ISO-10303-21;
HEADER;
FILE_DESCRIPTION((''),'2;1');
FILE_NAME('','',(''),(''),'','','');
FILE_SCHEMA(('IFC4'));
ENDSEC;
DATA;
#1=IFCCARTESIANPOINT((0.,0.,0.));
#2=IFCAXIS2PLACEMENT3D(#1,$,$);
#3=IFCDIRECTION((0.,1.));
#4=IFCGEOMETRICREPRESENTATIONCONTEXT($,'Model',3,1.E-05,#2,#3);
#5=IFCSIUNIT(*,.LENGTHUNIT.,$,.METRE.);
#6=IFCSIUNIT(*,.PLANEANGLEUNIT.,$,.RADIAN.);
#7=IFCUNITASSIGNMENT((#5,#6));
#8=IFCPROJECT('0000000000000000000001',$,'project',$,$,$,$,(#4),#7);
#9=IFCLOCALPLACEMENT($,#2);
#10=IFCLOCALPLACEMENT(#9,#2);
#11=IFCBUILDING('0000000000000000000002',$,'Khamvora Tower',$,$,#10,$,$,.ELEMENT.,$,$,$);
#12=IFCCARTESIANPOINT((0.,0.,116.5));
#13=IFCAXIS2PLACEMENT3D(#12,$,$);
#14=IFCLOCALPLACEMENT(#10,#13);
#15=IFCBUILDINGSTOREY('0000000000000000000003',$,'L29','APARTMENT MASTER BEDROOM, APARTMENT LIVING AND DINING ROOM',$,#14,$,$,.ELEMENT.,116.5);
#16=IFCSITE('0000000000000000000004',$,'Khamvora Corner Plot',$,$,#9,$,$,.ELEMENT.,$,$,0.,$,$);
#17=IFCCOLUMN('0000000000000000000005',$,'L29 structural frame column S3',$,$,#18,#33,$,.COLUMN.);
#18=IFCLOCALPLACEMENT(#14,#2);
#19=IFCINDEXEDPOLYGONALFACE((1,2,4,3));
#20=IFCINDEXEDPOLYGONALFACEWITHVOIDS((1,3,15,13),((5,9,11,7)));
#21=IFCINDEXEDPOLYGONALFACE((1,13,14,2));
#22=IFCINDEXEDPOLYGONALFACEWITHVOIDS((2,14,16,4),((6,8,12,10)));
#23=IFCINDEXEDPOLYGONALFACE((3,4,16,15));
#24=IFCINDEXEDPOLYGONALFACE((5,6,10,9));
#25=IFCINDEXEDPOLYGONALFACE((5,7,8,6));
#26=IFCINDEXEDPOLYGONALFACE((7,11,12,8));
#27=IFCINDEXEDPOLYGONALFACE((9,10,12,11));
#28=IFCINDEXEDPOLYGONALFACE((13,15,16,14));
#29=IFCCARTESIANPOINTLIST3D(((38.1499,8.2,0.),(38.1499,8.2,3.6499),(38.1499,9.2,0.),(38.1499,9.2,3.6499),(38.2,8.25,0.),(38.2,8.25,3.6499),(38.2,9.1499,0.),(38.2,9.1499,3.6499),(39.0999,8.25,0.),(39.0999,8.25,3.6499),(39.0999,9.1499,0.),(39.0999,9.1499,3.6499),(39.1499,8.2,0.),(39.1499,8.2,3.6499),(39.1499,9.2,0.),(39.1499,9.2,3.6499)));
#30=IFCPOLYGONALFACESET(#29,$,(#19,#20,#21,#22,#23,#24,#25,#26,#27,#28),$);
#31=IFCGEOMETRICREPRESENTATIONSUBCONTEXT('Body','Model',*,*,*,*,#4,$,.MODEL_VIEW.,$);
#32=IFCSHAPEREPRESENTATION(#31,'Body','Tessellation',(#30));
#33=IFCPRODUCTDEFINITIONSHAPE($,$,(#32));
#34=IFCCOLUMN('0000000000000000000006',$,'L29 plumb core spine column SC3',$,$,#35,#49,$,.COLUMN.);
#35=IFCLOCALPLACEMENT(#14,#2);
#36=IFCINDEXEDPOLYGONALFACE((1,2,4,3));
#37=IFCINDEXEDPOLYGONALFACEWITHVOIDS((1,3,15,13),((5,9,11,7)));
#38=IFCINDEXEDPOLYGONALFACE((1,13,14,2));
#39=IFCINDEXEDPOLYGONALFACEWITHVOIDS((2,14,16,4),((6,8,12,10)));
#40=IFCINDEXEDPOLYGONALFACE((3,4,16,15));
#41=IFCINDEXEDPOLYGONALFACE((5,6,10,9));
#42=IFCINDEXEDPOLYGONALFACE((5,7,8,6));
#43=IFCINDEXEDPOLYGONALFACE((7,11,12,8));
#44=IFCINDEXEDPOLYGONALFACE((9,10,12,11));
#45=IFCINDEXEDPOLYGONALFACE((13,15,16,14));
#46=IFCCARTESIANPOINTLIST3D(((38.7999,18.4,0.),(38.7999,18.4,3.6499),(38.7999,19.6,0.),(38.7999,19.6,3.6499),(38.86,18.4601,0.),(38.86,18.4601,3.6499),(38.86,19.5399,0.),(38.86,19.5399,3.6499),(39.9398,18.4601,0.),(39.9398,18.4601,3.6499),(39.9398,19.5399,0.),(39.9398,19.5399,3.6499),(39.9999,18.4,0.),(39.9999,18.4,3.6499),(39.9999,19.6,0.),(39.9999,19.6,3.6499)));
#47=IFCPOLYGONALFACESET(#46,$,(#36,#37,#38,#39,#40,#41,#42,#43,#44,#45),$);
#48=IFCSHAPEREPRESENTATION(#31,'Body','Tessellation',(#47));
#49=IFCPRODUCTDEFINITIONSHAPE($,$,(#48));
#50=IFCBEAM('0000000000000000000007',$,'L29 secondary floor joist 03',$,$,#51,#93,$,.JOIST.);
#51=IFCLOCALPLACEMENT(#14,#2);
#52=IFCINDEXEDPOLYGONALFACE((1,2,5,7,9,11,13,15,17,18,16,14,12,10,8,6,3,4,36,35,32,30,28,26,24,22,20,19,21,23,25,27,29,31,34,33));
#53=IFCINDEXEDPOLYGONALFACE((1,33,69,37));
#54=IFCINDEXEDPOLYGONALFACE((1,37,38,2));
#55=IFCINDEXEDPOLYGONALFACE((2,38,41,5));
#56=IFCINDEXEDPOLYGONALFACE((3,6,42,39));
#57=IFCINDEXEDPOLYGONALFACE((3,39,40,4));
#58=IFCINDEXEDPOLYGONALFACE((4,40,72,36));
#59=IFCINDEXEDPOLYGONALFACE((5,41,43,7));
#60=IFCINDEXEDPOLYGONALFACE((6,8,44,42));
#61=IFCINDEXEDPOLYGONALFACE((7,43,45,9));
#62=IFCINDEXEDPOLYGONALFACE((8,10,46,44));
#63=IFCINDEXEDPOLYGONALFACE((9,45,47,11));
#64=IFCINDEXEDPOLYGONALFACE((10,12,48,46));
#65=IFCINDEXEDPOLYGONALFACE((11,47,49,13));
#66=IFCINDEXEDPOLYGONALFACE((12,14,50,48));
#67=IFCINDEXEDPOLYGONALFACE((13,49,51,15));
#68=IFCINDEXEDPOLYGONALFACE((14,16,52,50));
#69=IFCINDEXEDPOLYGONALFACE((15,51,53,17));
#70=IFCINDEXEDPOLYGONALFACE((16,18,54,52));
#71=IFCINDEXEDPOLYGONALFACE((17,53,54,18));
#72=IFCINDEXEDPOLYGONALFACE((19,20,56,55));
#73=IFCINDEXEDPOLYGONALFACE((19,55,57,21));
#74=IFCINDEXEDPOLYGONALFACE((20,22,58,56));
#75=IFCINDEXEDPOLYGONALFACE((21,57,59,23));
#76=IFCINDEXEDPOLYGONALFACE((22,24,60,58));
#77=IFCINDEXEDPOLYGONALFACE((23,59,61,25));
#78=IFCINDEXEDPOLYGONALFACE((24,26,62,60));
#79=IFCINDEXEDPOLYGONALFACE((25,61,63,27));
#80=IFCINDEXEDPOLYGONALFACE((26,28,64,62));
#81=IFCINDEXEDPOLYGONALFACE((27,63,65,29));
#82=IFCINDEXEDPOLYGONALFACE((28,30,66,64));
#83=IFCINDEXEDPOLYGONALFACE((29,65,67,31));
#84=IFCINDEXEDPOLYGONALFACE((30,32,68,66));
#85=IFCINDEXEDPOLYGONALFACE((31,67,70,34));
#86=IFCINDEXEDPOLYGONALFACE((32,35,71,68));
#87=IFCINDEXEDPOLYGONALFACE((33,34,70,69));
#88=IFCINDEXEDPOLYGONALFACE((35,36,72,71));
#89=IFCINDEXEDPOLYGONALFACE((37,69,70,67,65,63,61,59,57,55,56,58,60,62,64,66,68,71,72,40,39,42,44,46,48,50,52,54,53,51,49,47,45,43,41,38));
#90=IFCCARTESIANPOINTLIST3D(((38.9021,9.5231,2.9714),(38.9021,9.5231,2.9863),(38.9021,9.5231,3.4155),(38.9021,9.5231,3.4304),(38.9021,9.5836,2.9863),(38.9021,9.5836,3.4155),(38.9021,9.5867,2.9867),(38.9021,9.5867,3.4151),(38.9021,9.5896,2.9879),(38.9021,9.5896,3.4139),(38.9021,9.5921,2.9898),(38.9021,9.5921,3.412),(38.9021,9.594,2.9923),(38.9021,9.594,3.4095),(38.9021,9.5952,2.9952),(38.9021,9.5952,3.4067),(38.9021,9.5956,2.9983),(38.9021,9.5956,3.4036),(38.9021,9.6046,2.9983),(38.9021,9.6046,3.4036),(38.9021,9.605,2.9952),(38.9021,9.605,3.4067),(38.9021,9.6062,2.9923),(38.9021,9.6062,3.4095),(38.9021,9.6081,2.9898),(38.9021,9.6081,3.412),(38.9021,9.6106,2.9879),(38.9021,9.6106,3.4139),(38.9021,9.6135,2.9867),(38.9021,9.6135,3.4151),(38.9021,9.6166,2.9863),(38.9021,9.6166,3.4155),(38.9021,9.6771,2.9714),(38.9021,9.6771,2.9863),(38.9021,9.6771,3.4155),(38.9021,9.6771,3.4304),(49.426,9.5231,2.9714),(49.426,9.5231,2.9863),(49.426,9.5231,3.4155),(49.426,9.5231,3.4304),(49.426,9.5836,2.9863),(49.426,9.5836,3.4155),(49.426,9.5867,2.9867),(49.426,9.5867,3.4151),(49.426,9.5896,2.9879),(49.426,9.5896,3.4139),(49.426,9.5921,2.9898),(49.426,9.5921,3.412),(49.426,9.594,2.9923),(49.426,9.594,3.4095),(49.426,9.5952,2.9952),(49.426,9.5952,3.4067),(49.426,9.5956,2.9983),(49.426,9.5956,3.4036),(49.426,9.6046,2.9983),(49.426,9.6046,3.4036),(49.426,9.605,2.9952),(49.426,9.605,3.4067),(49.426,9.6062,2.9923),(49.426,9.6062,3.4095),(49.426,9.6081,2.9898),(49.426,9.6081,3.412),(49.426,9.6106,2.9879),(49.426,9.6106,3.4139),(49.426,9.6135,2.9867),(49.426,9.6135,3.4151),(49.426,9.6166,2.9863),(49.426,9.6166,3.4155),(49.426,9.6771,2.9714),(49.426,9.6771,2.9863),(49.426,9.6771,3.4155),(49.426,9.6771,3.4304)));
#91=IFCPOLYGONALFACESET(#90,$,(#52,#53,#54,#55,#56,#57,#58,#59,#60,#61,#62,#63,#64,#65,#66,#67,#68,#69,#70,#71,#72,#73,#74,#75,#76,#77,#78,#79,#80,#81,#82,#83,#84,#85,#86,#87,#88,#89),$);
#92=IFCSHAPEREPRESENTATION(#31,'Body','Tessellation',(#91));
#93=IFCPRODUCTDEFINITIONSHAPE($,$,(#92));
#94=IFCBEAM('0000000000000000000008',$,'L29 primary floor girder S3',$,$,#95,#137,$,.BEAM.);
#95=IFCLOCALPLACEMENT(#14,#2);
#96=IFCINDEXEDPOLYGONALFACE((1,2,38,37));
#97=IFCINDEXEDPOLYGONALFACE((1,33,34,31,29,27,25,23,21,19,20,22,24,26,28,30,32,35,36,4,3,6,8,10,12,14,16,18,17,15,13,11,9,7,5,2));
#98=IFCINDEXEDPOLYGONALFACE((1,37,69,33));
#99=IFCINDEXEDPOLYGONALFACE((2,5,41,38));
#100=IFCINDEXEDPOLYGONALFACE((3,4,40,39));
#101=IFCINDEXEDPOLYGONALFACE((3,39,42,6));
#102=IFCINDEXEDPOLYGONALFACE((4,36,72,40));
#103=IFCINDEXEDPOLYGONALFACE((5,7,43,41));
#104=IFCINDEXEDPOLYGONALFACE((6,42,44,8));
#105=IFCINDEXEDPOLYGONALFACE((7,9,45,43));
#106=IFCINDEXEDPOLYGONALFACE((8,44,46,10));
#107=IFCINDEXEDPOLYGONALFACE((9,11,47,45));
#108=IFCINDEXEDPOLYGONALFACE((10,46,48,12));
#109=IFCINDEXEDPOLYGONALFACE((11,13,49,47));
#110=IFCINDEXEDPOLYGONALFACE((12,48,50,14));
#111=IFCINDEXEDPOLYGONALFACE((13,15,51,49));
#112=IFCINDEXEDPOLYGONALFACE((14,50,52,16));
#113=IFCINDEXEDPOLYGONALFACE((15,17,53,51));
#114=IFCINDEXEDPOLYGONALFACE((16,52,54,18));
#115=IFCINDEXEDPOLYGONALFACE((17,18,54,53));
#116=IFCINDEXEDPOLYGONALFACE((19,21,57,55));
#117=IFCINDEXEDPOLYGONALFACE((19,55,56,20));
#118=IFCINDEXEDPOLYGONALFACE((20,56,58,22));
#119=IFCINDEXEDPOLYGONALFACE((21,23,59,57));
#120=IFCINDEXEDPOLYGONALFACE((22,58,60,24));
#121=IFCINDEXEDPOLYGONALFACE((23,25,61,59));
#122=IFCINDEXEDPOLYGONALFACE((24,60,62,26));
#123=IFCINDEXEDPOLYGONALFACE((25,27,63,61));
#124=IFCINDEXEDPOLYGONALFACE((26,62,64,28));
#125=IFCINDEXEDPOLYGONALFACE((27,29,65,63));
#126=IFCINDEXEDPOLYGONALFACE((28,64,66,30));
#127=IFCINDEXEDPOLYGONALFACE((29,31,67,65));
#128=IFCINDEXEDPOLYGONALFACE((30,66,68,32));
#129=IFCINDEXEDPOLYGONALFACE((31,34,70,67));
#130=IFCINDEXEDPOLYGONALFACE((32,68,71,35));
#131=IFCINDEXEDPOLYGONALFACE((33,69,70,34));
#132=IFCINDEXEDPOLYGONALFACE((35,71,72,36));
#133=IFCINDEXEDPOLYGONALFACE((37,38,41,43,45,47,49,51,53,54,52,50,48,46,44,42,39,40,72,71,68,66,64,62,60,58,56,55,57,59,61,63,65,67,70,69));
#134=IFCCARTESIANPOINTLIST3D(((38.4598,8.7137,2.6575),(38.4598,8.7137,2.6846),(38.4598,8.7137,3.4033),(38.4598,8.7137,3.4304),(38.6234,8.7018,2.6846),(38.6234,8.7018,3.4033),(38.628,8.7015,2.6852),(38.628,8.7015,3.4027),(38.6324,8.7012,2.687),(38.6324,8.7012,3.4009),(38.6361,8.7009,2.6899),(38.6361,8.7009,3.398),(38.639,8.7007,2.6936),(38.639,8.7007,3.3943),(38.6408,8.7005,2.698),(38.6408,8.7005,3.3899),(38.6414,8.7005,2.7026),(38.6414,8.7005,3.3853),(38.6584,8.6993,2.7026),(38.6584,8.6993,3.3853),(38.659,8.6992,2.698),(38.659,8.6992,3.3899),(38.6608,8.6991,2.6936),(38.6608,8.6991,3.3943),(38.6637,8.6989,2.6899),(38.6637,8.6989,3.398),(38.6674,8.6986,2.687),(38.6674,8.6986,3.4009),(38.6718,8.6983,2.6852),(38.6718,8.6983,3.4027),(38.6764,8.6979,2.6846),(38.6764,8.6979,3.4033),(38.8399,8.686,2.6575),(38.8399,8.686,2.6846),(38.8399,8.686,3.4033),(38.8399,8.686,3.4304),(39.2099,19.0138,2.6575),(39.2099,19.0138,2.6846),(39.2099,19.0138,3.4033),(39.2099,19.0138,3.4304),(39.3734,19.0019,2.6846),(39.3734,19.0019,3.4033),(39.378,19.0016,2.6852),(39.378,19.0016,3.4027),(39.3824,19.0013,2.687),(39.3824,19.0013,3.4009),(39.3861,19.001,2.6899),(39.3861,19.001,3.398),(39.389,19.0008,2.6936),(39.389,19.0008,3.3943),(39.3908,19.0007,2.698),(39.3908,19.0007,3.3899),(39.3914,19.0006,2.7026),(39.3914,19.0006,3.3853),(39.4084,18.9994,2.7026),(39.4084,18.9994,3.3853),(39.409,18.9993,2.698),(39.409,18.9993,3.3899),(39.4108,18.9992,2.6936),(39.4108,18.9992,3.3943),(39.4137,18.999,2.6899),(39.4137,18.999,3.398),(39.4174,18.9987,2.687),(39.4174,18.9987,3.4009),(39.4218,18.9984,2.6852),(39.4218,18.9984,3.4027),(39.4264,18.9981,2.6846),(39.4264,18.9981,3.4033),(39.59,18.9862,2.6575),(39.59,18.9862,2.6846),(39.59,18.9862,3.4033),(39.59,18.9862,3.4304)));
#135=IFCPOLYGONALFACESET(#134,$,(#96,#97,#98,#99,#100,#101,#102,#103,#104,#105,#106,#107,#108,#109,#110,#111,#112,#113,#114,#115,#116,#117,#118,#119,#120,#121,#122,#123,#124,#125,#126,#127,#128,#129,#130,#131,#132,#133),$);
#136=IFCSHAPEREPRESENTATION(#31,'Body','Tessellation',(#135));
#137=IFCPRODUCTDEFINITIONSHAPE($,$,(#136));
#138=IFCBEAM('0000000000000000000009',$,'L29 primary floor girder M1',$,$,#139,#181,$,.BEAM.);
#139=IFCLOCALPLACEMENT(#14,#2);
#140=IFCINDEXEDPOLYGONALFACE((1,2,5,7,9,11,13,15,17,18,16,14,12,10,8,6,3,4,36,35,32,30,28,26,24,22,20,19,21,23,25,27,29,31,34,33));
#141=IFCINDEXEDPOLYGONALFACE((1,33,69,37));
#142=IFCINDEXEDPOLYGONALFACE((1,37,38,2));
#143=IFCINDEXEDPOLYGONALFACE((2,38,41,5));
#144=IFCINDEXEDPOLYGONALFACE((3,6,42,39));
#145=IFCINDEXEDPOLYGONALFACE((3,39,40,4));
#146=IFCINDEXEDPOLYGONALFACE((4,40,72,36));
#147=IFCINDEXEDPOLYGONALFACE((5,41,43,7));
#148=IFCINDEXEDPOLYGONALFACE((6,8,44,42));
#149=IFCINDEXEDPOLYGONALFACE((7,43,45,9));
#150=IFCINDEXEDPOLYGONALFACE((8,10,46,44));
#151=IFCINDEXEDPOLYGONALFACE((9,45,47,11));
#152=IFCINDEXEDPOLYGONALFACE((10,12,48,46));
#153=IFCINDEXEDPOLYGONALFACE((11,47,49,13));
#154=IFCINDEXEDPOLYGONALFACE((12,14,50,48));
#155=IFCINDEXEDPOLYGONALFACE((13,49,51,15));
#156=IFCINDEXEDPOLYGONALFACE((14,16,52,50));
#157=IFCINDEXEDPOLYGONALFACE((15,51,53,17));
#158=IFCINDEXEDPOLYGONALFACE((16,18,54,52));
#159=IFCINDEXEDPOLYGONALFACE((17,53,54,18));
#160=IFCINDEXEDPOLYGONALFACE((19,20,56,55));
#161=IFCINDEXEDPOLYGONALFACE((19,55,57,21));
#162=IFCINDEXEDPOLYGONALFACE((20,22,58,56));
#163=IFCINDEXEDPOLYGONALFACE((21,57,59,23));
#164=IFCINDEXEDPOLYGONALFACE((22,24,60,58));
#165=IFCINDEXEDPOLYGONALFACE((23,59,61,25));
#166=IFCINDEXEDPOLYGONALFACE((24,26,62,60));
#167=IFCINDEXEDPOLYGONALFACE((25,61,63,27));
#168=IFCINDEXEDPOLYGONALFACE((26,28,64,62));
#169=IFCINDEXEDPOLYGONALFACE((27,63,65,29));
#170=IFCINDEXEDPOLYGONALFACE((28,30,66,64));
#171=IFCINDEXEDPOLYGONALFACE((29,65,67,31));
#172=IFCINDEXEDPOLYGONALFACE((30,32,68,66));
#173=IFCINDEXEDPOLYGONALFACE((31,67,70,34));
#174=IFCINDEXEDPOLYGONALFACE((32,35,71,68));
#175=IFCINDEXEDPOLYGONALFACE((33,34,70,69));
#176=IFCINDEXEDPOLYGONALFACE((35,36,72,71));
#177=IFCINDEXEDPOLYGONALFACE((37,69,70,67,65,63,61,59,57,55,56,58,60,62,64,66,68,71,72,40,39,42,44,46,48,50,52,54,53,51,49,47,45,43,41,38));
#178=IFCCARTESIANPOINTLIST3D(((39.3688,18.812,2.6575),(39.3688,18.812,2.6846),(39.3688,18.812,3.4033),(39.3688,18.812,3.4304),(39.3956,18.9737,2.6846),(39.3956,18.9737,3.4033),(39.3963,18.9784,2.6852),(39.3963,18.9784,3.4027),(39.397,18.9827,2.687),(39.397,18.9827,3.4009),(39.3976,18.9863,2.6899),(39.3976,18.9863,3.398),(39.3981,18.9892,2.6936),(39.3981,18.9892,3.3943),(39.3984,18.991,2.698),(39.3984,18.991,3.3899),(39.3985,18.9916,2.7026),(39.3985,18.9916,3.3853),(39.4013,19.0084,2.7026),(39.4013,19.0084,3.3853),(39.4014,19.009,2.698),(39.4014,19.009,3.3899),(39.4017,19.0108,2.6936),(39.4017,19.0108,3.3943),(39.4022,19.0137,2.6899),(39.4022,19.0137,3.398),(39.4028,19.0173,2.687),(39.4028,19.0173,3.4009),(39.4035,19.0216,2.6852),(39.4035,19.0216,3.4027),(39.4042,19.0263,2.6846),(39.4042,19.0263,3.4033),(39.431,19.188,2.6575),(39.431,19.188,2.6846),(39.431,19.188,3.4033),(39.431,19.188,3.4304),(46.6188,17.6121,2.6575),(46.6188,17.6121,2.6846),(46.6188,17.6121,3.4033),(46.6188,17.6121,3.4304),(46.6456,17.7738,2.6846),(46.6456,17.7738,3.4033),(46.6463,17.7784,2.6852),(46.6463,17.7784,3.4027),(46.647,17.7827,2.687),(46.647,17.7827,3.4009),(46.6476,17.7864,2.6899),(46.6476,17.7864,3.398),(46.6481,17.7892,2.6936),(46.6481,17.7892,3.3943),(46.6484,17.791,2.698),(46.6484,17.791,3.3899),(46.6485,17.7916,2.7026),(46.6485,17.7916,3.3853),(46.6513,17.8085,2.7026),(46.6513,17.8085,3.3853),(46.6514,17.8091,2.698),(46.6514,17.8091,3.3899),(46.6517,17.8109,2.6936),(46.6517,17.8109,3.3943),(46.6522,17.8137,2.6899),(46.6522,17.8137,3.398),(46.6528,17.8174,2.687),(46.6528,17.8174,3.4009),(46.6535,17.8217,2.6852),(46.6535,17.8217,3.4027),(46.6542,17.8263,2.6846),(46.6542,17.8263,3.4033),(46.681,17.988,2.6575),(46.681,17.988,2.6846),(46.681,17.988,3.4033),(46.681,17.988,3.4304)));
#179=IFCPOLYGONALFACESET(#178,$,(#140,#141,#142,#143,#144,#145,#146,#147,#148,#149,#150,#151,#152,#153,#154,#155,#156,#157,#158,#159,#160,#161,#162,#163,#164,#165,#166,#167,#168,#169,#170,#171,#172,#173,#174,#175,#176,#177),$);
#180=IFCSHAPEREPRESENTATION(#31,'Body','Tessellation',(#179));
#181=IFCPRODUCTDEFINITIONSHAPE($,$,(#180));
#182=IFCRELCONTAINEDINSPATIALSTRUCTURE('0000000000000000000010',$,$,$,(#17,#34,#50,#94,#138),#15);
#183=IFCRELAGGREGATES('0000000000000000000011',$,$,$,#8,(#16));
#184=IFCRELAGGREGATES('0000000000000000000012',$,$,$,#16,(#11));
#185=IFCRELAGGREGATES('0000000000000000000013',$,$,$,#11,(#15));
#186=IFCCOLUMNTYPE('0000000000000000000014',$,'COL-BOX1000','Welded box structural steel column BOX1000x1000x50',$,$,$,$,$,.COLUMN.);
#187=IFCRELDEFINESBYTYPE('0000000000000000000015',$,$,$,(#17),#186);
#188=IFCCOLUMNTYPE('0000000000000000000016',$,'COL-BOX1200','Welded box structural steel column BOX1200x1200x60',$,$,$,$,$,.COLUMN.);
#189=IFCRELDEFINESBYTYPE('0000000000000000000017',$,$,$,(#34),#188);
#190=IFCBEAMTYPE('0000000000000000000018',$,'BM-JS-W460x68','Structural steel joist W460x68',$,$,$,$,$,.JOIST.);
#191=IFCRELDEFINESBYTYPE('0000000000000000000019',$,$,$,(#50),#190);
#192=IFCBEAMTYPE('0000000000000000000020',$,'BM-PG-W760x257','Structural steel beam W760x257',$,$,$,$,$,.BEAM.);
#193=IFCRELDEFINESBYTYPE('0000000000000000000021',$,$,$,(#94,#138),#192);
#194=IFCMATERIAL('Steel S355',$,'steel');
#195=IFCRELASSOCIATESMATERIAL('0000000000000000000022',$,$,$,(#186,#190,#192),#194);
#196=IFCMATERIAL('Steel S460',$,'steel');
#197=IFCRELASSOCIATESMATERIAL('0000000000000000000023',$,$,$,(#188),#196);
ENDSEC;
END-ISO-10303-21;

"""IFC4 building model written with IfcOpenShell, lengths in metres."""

from ifc_helpers import new_model, si_unit, direction, frame, origin, origin_2d, place, context, subcontext, project, spatial, hollow_rectangle, i_section, extrude, material, material_profile, profile_set, type_object, element, save


model = new_model("IFC4")

# Units and contexts
model_context = context("Model", 3, precision=1e-05, world=origin(), true_north=direction((0.0, 1.0)))
body_context = subcontext(model_context, "Body", "Model", "MODEL_VIEW")
ifc_project = project(units=[si_unit("LENGTHUNIT", "METRE"), si_unit("PLANEANGLEUNIT", "RADIAN")], contexts=[model_context])

# Site, building, storey
site_placement = place(None, origin())
site = spatial("IfcSite", under=ifc_project, at=site_placement, Name="Khamvora Corner Plot", CompositionType="ELEMENT", RefElevation=0.0)
building_placement = place(site_placement, origin())
building = spatial("IfcBuilding", under=site, at=building_placement, Name="Khamvora Tower", CompositionType="ELEMENT")
storey_placement = place(building_placement, frame((0.0, 0.0, 116.5)))
storey = spatial("IfcBuildingStorey", under=building, at=storey_placement, Name="L29", Description="APARTMENT MASTER BEDROOM, APARTMENT LIVING AND DINING ROOM", CompositionType="ELEMENT", Elevation=116.5)

# Columns
ifc_material_1 = material(Name="Steel S355", Category="steel")
ifc_material_profile_1 = material_profile(ifc_material_1, hollow_rectangle(XDim=1.0, YDim=1.0, WallThickness=0.05, at=origin_2d()), Name="BOX1000x1000x50")
ifc_profile_set_1 = profile_set([ifc_material_profile_1], Name="Steel S355")
column_type_1 = type_object("IfcColumnType", Name="COL-BOX1000", Description="Welded box structural steel column BOX1000x1000x50", PredefinedType="COLUMN", material=ifc_profile_set_1)
column_1_placement = place(storey_placement, frame((38.6499, 8.7, 0.0), z_axis=(0.0, 0.0, 1.0), x_axis=(1.0, 0.0, 0.0)))
element("IfcColumn", 1, at=column_1_placement, inside=storey, type_object=column_type_1, Name="L29 structural frame column S3", PredefinedType="COLUMN", context=body_context, shape_type="SweptSolid", body=[
    extrude(hollow_rectangle(XDim=1.0, YDim=1.0, WallThickness=0.05, at=origin_2d()), origin(), (0.0, 0.0, 1.0), 3.6499),
])
ifc_material_2 = material(Name="Steel S460", Category="steel")
ifc_material_profile_2 = material_profile(ifc_material_2, hollow_rectangle(XDim=1.2, YDim=1.2, WallThickness=0.0601, at=origin_2d()), Name="BOX1200x1200x60")
ifc_profile_set_2 = profile_set([ifc_material_profile_2], Name="Steel S460")
column_type_2 = type_object("IfcColumnType", Name="COL-BOX1200", Description="Welded box structural steel column BOX1200x1200x60", PredefinedType="COLUMN", material=ifc_profile_set_2)
column_2_placement = place(storey_placement, frame((39.3999, 19.0, 0.0), z_axis=(0.0, 0.0, 1.0), x_axis=(1.0, 0.0, 0.0)))
element("IfcColumn", 2, at=column_2_placement, inside=storey, type_object=column_type_2, Name="L29 plumb core spine column SC3", PredefinedType="COLUMN", context=body_context, shape_type="SweptSolid", body=[
    extrude(hollow_rectangle(XDim=1.2, YDim=1.2, WallThickness=0.0601, at=origin_2d()), origin(), (0.0, 0.0, 1.0), 3.6499),
])

# Beams
ifc_material_profile_3 = material_profile(ifc_material_1, i_section(OverallWidth=0.1541, OverallDepth=0.459, WebThickness=0.009, FlangeThickness=0.0149, FilletRadius=0.012, at=origin_2d()), Name="W460x68")
ifc_profile_set_3 = profile_set([ifc_material_profile_3], Name="Steel S355")
beam_type_1 = type_object("IfcBeamType", Name="BM-JS-W460x68", Description="Structural steel joist W460x68", PredefinedType="JOIST", material=ifc_profile_set_3)
beam_1_placement = place(storey_placement, frame((38.9021, 9.6001, 3.2009), z_axis=(1.0, 0.0, 0.0), x_axis=(0.0, 1.0, 0.0)))
element("IfcBeam", 3, at=beam_1_placement, inside=storey, type_object=beam_type_1, Name="L29 secondary floor joist 03", PredefinedType="JOIST", context=body_context, shape_type="SweptSolid", body=[
    extrude(i_section(OverallWidth=0.1541, OverallDepth=0.459, WebThickness=0.009, FlangeThickness=0.0149, FilletRadius=0.012, at=origin_2d()), origin(), (0.0, 0.0, 1.0), 10.5239),
])
ifc_material_profile_4 = material_profile(ifc_material_1, i_section(OverallWidth=0.3811, OverallDepth=0.7729, WebThickness=0.0171, FlangeThickness=0.0271, FilletRadius=0.0181, at=origin_2d()), Name="W760x257")
ifc_profile_set_4 = profile_set([ifc_material_profile_4], Name="Steel S355")
beam_type_2 = type_object("IfcBeamType", Name="BM-PG-W760x257", Description="Structural steel beam W760x257", PredefinedType="BEAM", material=ifc_profile_set_4)
beam_2_placement = place(storey_placement, frame((39.3999, 19.0, 3.0439), z_axis=(-0.072623, -0.997359, 0.0), x_axis=(0.997359, -0.072623, 0.0)))
element("IfcBeam", 4, at=beam_2_placement, inside=storey, type_object=beam_type_2, Name="L29 primary floor girder S3", PredefinedType="BEAM", context=body_context, shape_type="SweptSolid", body=[
    extrude(i_section(OverallWidth=0.3811, OverallDepth=0.7729, WebThickness=0.0171, FlangeThickness=0.0271, FilletRadius=0.0181, at=origin_2d()), origin(), (0.0, 0.0, 1.0), 10.3274),
])
beam_3_placement = place(storey_placement, frame((39.3999, 19.0, 3.0439), z_axis=(0.986578, -0.163289, 0.0), x_axis=(0.163289, 0.986578, 0.0)))
element("IfcBeam", 5, at=beam_3_placement, inside=storey, type_object=beam_type_2, Name="L29 primary floor girder M1", PredefinedType="BEAM", context=body_context, shape_type="SweptSolid", body=[
    extrude(i_section(OverallWidth=0.3811, OverallDepth=0.7729, WebThickness=0.0171, FlangeThickness=0.0271, FilletRadius=0.0181, at=origin_2d()), origin(), (0.0, 0.0, 1.0), 7.3486),
])

save(model, "model.ifc")
